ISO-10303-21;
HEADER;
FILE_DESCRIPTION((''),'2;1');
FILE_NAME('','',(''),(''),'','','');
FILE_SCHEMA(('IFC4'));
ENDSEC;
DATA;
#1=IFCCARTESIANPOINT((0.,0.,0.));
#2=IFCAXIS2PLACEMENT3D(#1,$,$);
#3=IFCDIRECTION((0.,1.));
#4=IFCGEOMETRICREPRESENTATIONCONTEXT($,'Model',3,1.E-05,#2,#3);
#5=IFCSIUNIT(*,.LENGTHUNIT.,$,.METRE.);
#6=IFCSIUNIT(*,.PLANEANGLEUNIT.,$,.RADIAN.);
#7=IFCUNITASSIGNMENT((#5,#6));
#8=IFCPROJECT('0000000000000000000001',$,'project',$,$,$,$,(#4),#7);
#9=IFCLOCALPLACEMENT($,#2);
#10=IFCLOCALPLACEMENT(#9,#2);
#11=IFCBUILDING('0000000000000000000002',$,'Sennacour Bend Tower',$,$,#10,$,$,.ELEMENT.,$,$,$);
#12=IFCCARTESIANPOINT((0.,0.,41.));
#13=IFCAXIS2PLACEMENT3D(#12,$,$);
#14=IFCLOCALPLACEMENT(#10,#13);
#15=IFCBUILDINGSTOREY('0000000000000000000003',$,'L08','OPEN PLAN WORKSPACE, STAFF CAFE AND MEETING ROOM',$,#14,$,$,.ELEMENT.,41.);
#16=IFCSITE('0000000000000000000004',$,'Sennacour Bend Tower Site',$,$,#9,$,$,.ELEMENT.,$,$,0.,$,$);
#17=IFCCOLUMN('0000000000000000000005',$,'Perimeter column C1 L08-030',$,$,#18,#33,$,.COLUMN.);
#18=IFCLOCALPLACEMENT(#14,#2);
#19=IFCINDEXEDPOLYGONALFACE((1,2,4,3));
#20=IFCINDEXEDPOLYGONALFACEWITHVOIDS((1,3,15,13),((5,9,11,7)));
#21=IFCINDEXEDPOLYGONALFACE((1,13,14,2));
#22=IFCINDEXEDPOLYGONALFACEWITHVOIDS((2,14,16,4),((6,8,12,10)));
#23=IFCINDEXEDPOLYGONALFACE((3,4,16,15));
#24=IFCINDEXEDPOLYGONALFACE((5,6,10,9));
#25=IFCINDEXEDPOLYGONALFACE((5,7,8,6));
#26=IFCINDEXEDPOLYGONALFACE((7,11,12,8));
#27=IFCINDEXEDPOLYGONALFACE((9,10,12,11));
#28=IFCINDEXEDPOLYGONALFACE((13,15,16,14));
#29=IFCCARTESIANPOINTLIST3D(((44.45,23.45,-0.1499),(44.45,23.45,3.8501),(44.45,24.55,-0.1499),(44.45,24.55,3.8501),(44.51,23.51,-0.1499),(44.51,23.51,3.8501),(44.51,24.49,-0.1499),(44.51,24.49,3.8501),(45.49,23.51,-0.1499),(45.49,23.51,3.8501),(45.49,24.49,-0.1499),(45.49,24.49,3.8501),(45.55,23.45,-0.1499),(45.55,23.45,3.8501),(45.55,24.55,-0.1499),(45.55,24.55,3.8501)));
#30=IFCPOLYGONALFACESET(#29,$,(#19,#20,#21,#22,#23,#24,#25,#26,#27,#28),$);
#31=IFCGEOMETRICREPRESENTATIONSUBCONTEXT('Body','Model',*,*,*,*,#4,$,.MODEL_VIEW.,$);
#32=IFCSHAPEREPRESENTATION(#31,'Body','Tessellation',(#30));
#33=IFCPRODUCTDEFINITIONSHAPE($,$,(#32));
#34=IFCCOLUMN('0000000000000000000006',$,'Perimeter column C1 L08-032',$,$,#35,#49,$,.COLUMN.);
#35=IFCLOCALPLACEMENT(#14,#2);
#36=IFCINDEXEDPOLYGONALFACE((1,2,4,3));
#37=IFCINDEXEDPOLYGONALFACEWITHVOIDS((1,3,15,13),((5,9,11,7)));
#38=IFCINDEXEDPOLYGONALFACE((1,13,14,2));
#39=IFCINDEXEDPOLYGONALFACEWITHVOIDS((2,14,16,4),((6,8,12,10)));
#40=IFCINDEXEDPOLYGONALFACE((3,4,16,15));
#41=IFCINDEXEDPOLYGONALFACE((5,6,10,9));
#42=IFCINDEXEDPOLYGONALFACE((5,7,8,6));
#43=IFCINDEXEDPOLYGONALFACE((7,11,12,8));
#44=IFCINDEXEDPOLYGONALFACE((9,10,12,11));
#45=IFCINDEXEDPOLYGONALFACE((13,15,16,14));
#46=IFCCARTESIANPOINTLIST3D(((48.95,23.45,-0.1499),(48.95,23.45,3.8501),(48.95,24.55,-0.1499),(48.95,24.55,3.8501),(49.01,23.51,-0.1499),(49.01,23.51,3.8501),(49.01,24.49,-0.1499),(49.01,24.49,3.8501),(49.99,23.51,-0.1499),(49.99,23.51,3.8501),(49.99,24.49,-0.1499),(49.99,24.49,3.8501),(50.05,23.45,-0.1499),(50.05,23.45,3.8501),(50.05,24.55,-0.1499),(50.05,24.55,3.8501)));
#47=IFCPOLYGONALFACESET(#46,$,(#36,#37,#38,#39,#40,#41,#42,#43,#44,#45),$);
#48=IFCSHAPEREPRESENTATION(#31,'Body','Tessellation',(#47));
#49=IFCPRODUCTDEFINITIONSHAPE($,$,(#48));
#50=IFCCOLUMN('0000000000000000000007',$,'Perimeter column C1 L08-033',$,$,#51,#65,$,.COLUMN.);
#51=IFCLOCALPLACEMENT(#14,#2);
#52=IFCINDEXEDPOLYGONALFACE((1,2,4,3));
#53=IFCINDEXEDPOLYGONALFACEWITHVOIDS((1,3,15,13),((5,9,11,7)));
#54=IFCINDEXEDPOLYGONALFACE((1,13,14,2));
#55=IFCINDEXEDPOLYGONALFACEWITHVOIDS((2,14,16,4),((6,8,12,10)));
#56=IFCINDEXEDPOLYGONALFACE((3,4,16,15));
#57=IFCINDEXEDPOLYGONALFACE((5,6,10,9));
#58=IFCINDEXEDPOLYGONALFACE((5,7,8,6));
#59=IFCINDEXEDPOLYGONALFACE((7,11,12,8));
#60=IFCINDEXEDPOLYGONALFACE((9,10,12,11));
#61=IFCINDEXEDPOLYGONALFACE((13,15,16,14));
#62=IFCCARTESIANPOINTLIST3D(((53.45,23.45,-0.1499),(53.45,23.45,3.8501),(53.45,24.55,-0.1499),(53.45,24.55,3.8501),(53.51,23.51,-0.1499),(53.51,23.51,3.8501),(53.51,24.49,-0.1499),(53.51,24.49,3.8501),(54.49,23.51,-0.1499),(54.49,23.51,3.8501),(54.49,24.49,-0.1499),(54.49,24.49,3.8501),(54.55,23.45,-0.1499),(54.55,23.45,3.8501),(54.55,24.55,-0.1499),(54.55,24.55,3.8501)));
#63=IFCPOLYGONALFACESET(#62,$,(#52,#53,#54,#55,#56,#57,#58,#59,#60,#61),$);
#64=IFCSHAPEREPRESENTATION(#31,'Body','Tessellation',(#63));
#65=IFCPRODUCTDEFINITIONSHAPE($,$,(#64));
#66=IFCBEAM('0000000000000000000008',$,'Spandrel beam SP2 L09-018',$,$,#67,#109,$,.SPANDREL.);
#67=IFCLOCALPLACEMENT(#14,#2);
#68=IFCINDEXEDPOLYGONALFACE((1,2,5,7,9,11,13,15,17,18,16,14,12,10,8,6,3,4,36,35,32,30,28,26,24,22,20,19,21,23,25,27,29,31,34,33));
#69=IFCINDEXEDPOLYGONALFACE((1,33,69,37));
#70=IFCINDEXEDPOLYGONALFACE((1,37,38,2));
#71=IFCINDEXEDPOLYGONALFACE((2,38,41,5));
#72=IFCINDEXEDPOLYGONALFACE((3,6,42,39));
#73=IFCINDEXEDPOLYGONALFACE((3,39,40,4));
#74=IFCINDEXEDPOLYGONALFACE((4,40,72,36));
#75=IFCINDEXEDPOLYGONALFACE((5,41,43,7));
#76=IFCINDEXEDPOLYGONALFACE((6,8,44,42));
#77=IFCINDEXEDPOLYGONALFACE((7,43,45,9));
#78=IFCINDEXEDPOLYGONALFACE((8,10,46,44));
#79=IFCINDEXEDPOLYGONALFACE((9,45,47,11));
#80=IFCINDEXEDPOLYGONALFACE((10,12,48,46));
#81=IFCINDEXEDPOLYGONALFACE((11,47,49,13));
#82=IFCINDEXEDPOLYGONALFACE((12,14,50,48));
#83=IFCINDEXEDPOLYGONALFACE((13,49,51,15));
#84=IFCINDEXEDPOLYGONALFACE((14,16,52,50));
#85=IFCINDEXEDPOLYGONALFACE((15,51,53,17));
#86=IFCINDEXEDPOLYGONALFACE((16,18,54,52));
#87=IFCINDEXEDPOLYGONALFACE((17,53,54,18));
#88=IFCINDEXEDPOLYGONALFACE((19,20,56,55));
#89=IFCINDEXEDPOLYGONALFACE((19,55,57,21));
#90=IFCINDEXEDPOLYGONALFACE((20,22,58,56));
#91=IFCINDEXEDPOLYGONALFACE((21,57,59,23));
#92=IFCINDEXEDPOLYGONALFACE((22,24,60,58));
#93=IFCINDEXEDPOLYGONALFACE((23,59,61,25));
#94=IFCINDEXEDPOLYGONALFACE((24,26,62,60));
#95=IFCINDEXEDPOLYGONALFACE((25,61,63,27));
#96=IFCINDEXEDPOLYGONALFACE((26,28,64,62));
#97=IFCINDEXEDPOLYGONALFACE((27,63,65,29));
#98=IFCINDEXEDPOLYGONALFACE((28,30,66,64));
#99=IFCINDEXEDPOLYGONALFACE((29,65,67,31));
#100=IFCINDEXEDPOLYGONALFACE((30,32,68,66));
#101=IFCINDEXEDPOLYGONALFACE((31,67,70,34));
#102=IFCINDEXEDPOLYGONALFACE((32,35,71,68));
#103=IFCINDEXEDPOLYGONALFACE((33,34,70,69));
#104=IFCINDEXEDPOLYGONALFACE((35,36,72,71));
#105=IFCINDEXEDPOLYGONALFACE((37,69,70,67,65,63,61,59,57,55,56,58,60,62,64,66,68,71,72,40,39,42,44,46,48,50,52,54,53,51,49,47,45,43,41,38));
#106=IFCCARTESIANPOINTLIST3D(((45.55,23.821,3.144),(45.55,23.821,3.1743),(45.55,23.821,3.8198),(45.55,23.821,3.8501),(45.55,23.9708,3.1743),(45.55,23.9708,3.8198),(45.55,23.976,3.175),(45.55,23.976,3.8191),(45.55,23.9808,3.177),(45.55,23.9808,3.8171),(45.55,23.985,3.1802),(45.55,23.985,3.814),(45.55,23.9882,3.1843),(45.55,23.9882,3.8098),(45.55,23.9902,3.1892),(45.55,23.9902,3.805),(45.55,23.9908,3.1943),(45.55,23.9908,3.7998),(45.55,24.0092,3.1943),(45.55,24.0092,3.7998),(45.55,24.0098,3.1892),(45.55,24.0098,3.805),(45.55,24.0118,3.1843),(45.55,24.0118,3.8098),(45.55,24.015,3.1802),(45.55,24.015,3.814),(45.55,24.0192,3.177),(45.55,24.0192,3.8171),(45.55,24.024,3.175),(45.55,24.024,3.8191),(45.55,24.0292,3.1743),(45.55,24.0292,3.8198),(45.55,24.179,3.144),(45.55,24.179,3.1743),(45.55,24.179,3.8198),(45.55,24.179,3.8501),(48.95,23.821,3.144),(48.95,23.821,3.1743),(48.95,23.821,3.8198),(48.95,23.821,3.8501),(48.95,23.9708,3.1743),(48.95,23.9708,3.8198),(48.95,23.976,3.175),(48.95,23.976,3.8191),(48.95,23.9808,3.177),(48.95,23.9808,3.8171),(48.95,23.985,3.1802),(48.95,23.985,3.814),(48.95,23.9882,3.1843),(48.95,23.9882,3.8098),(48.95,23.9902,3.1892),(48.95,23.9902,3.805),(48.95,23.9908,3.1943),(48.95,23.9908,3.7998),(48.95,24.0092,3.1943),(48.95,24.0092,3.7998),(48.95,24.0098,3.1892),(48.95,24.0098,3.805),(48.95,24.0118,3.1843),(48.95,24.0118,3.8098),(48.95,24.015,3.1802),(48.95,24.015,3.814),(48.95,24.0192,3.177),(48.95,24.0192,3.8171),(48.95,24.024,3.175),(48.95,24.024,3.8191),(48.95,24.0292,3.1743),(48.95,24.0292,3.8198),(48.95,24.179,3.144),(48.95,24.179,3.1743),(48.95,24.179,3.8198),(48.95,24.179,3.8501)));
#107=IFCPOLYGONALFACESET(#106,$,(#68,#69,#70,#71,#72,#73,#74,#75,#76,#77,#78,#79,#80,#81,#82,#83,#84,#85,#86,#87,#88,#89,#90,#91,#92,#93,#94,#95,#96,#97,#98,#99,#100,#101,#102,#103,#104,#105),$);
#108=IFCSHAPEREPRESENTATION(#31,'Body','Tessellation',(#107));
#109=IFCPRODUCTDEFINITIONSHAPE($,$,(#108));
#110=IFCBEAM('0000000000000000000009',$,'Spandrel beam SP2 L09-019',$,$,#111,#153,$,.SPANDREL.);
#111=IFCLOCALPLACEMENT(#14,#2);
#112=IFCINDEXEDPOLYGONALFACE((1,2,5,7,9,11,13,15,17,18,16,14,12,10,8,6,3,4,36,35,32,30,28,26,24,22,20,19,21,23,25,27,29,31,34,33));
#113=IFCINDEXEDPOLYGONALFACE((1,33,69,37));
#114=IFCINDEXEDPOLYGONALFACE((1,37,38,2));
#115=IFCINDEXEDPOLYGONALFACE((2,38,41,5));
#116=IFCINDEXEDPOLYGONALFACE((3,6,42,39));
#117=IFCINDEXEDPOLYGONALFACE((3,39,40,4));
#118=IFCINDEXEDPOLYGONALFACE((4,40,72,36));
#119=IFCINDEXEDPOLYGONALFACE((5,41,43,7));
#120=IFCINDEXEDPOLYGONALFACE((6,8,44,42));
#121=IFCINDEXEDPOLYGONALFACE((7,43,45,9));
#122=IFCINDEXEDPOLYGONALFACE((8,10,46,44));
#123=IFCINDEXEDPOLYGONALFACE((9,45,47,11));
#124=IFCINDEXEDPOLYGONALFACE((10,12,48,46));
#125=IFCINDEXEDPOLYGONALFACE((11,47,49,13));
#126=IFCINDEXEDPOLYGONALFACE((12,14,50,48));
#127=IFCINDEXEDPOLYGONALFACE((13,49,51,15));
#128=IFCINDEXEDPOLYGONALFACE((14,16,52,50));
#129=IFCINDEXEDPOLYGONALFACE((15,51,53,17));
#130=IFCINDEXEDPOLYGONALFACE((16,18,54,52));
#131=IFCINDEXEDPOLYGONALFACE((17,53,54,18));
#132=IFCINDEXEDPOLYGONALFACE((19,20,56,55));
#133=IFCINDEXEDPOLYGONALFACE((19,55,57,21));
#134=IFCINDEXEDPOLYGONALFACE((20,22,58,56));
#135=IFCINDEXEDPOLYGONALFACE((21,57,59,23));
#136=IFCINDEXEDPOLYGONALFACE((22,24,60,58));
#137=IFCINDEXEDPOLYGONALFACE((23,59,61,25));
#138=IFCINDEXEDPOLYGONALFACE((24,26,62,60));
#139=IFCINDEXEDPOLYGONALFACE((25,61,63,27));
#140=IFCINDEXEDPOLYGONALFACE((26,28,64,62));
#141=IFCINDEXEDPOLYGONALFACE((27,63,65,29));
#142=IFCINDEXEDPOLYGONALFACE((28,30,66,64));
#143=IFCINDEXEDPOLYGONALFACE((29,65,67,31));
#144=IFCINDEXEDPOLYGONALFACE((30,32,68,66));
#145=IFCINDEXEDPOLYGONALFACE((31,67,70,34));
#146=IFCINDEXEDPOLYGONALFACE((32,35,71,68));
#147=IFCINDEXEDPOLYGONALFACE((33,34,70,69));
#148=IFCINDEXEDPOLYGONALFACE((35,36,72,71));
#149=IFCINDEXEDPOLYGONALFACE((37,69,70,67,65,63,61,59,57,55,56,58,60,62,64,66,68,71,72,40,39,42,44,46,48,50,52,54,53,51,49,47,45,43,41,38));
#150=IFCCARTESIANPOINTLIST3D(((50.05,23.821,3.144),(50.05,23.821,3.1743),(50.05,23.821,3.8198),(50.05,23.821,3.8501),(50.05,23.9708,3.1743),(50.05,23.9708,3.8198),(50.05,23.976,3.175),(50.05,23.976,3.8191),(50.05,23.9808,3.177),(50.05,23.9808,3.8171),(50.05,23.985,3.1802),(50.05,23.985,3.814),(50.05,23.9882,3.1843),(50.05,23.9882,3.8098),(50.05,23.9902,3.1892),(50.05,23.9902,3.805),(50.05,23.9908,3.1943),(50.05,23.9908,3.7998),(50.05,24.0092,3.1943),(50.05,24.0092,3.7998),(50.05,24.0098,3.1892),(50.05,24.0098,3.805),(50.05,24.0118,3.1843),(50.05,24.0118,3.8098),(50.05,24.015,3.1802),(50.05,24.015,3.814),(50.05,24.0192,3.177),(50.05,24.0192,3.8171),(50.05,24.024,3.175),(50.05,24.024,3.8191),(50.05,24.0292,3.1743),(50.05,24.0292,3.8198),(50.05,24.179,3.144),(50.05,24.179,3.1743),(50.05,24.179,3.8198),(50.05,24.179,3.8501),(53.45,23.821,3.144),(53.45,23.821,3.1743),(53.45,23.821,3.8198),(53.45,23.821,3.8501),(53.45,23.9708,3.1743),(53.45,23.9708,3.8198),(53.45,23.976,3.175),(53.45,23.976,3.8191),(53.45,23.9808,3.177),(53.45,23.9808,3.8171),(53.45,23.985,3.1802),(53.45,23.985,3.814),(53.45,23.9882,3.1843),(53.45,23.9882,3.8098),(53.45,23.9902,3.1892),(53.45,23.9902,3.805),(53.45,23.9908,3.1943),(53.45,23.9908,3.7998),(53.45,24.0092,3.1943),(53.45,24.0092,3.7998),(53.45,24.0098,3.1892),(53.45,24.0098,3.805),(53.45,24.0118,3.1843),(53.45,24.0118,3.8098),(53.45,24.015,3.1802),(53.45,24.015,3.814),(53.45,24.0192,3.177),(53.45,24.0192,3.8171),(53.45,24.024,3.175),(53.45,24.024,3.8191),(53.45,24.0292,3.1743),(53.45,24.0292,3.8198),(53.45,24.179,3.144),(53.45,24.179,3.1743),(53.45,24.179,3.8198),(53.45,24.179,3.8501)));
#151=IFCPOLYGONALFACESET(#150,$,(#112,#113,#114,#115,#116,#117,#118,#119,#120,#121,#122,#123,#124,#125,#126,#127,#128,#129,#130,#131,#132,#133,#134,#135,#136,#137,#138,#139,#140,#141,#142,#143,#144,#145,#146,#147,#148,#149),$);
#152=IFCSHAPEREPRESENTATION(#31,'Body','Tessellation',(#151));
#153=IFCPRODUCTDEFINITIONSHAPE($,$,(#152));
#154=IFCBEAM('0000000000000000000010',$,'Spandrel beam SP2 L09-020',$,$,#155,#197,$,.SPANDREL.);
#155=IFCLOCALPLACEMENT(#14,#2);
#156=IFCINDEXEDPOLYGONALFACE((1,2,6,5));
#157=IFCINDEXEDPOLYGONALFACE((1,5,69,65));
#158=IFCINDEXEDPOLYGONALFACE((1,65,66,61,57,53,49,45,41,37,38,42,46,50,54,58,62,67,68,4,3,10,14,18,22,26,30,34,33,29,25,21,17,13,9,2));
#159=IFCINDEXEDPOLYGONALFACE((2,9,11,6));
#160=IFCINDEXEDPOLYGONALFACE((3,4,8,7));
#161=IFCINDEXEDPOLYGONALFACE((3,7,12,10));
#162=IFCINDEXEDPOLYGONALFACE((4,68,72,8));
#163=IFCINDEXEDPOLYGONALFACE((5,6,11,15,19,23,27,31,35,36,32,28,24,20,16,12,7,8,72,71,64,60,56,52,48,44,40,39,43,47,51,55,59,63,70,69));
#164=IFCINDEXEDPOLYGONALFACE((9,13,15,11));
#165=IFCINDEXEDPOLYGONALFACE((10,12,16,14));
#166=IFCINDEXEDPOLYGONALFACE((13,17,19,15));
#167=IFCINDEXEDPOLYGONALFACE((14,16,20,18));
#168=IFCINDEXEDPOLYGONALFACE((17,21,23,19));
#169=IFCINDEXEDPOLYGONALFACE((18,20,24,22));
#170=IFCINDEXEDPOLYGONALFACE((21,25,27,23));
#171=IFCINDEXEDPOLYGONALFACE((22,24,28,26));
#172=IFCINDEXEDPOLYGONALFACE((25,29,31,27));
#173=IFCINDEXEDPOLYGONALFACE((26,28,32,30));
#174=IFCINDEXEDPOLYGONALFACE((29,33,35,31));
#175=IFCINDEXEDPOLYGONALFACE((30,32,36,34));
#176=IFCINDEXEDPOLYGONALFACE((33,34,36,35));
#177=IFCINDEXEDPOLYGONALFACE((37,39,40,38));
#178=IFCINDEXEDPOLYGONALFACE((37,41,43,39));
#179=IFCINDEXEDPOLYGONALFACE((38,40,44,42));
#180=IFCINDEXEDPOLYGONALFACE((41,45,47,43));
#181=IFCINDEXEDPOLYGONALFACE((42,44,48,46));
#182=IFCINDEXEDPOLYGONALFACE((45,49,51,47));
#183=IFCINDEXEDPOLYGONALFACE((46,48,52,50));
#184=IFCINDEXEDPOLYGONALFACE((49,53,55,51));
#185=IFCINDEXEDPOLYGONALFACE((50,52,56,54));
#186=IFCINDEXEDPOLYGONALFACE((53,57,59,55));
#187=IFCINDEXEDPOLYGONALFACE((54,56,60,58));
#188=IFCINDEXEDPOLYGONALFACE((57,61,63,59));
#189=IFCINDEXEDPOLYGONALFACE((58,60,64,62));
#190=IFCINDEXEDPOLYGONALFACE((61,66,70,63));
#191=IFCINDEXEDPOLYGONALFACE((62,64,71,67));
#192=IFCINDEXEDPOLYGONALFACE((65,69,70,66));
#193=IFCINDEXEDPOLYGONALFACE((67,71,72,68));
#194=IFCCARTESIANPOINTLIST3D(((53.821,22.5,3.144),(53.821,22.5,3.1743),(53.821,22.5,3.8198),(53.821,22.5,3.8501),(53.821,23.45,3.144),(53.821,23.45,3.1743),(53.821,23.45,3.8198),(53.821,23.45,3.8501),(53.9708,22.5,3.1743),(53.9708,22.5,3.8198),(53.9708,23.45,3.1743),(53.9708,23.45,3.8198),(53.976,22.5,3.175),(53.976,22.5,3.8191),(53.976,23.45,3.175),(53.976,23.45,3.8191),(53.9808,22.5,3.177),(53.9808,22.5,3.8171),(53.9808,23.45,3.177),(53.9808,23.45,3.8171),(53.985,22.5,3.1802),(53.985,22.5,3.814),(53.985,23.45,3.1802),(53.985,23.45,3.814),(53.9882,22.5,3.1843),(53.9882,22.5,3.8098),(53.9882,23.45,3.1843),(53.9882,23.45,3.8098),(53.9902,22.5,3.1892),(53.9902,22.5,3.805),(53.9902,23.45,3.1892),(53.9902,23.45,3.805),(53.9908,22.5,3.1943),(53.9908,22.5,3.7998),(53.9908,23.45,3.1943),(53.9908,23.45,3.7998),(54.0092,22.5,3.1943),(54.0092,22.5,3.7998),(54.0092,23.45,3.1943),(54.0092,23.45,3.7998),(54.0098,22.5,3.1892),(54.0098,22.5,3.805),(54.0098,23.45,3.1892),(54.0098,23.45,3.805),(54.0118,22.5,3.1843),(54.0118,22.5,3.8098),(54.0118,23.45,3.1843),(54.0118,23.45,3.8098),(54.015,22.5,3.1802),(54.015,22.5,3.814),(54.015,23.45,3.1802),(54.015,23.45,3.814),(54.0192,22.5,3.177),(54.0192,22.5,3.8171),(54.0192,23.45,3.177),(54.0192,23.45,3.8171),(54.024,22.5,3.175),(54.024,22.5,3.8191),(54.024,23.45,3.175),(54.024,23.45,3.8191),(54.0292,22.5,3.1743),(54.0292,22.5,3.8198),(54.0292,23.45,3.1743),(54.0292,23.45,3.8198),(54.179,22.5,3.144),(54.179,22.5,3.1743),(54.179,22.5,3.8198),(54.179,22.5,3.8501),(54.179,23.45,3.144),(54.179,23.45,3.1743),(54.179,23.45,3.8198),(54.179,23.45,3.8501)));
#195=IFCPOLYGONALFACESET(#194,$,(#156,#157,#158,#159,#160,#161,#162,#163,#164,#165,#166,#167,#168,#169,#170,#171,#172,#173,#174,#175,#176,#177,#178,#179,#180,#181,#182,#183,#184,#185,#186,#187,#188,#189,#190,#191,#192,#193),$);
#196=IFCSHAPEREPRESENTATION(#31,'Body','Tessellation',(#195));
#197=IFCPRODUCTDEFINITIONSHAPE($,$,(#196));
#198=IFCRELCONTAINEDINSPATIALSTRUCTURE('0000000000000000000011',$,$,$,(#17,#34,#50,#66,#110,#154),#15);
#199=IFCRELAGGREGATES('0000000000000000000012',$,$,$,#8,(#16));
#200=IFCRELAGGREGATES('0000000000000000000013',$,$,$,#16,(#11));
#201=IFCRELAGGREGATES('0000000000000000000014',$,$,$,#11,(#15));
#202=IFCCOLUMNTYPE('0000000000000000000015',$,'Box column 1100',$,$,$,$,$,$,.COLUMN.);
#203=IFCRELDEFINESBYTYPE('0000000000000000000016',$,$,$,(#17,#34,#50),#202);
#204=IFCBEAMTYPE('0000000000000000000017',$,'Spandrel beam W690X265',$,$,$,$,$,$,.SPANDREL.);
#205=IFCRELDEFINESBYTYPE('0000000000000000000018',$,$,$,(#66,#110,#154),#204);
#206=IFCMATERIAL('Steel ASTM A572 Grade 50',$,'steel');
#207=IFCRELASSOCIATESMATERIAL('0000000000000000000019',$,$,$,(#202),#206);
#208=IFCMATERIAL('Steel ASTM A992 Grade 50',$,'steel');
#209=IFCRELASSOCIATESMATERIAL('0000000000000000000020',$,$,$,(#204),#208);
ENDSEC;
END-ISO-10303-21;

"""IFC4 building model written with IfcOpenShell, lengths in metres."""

from ifc_helpers import new_model, si_unit, direction, frame, origin, origin_2d, place, context, subcontext, project, spatial, hollow_rectangle, i_section, extrude, material, material_profile, profile_set, type_object, element, save


model = new_model("IFC4")

# Units and contexts
model_context = context("Model", 3, precision=1e-05, world=origin(), true_north=direction((0.0, 1.0)))
body_context = subcontext(model_context, "Body", "Model", "MODEL_VIEW")
ifc_project = project(units=[si_unit("LENGTHUNIT", "METRE"), si_unit("PLANEANGLEUNIT", "RADIAN")], contexts=[model_context])

# Site, building, storey
site_placement = place(None, origin())
site = spatial("IfcSite", under=ifc_project, at=site_placement, Name="Sennacour Bend Tower Site", CompositionType="ELEMENT", RefElevation=0.0)
building_placement = place(site_placement, origin())
building = spatial("IfcBuilding", under=site, at=building_placement, Name="Sennacour Bend Tower", CompositionType="ELEMENT")
storey_placement = place(building_placement, frame((0.0, 0.0, 41.0)))
storey = spatial("IfcBuildingStorey", under=building, at=storey_placement, Name="L08", Description="OPEN PLAN WORKSPACE, STAFF CAFE AND MEETING ROOM", CompositionType="ELEMENT", Elevation=41.0)

# Columns
ifc_material_1 = material(Name="Steel ASTM A572 Grade 50", Category="steel")
ifc_material_profile_1 = material_profile(ifc_material_1, hollow_rectangle(XDim=1.1001, YDim=1.1001, WallThickness=0.0601, at=origin_2d()), Name="Steel ASTM A572 Grade 50", Category="steel")
ifc_profile_set_1 = profile_set([ifc_material_profile_1], Name="Steel ASTM A572 Grade 50")
column_type = type_object("IfcColumnType", Name="Box column 1100", PredefinedType="COLUMN", material=ifc_profile_set_1)
for number, where, z_axis, x_axis, name in (
    (1, (45.0, 24.0, -0.1499), (0.0, 0.0, 1.0), (1.0, 0.0, 0.0), "Perimeter column C1 L08-030"),
    (2, (49.5, 24.0, -0.1499), (0.0, 0.0, 1.0), (1.0, 0.0, 0.0), "Perimeter column C1 L08-032"),
    (3, (54.0, 24.0, -0.1499), (0.0, 0.0, 1.0), (1.0, 0.0, 0.0), "Perimeter column C1 L08-033"),
):
    element("IfcColumn", number, at=place(storey_placement, frame(where, z_axis=z_axis, x_axis=x_axis)), inside=storey, type_object=column_type, Name=name, PredefinedType="COLUMN", context=body_context, shape_type="SweptSolid", body=[
        extrude(hollow_rectangle(XDim=1.1001, YDim=1.1001, WallThickness=0.0601, at=origin_2d()), origin(), (0.0, 0.0, 1.0), 4.0),
    ])

# Beams
ifc_material_2 = material(Name="Steel ASTM A992 Grade 50", Category="steel")
ifc_material_profile_2 = material_profile(ifc_material_2, i_section(OverallWidth=0.3579, OverallDepth=0.7061, WebThickness=0.0183, FlangeThickness=0.0303, FilletRadius=0.02, at=origin_2d()), Name="Steel ASTM A992 Grade 50", Category="steel")
ifc_profile_set_2 = profile_set([ifc_material_profile_2], Name="Steel ASTM A992 Grade 50")
beam_type = type_object("IfcBeamType", Name="Spandrel beam W690X265", PredefinedType="SPANDREL", material=ifc_profile_set_2)
for number, where, z_axis, x_axis, name in (
    (4, (45.55, 24.0, 3.4971), (1.0, 0.0, 0.0), (0.0, 1.0, 0.0), "Spandrel beam SP2 L09-018"),
    (5, (50.05, 24.0, 3.4971), (1.0, 0.0, 0.0), (0.0, 1.0, 0.0), "Spandrel beam SP2 L09-019"),
):
    element("IfcBeam", number, at=place(storey_placement, frame(where, z_axis=z_axis, x_axis=x_axis)), inside=storey, type_object=beam_type, Name=name, PredefinedType="SPANDREL", context=body_context, shape_type="SweptSolid", body=[
        extrude(i_section(OverallWidth=0.3579, OverallDepth=0.7061, WebThickness=0.0183, FlangeThickness=0.0303, FilletRadius=0.02, at=origin_2d()), origin(), (0.0, 0.0, 1.0), 3.3999),
    ])
beam_placement = place(storey_placement, frame((54.0, 23.45, 3.4971), z_axis=(0.0, -1.0, 0.0), x_axis=(1.0, 0.0, 0.0)))
element("IfcBeam", 6, at=beam_placement, inside=storey, type_object=beam_type, Name="Spandrel beam SP2 L09-020", PredefinedType="SPANDREL", context=body_context, shape_type="SweptSolid", body=[
    extrude(i_section(OverallWidth=0.3579, OverallDepth=0.7061, WebThickness=0.0183, FlangeThickness=0.0303, FilletRadius=0.02, at=origin_2d()), origin(), (0.0, 0.0, 1.0), 0.95),
])

save(model, "model.ifc")
